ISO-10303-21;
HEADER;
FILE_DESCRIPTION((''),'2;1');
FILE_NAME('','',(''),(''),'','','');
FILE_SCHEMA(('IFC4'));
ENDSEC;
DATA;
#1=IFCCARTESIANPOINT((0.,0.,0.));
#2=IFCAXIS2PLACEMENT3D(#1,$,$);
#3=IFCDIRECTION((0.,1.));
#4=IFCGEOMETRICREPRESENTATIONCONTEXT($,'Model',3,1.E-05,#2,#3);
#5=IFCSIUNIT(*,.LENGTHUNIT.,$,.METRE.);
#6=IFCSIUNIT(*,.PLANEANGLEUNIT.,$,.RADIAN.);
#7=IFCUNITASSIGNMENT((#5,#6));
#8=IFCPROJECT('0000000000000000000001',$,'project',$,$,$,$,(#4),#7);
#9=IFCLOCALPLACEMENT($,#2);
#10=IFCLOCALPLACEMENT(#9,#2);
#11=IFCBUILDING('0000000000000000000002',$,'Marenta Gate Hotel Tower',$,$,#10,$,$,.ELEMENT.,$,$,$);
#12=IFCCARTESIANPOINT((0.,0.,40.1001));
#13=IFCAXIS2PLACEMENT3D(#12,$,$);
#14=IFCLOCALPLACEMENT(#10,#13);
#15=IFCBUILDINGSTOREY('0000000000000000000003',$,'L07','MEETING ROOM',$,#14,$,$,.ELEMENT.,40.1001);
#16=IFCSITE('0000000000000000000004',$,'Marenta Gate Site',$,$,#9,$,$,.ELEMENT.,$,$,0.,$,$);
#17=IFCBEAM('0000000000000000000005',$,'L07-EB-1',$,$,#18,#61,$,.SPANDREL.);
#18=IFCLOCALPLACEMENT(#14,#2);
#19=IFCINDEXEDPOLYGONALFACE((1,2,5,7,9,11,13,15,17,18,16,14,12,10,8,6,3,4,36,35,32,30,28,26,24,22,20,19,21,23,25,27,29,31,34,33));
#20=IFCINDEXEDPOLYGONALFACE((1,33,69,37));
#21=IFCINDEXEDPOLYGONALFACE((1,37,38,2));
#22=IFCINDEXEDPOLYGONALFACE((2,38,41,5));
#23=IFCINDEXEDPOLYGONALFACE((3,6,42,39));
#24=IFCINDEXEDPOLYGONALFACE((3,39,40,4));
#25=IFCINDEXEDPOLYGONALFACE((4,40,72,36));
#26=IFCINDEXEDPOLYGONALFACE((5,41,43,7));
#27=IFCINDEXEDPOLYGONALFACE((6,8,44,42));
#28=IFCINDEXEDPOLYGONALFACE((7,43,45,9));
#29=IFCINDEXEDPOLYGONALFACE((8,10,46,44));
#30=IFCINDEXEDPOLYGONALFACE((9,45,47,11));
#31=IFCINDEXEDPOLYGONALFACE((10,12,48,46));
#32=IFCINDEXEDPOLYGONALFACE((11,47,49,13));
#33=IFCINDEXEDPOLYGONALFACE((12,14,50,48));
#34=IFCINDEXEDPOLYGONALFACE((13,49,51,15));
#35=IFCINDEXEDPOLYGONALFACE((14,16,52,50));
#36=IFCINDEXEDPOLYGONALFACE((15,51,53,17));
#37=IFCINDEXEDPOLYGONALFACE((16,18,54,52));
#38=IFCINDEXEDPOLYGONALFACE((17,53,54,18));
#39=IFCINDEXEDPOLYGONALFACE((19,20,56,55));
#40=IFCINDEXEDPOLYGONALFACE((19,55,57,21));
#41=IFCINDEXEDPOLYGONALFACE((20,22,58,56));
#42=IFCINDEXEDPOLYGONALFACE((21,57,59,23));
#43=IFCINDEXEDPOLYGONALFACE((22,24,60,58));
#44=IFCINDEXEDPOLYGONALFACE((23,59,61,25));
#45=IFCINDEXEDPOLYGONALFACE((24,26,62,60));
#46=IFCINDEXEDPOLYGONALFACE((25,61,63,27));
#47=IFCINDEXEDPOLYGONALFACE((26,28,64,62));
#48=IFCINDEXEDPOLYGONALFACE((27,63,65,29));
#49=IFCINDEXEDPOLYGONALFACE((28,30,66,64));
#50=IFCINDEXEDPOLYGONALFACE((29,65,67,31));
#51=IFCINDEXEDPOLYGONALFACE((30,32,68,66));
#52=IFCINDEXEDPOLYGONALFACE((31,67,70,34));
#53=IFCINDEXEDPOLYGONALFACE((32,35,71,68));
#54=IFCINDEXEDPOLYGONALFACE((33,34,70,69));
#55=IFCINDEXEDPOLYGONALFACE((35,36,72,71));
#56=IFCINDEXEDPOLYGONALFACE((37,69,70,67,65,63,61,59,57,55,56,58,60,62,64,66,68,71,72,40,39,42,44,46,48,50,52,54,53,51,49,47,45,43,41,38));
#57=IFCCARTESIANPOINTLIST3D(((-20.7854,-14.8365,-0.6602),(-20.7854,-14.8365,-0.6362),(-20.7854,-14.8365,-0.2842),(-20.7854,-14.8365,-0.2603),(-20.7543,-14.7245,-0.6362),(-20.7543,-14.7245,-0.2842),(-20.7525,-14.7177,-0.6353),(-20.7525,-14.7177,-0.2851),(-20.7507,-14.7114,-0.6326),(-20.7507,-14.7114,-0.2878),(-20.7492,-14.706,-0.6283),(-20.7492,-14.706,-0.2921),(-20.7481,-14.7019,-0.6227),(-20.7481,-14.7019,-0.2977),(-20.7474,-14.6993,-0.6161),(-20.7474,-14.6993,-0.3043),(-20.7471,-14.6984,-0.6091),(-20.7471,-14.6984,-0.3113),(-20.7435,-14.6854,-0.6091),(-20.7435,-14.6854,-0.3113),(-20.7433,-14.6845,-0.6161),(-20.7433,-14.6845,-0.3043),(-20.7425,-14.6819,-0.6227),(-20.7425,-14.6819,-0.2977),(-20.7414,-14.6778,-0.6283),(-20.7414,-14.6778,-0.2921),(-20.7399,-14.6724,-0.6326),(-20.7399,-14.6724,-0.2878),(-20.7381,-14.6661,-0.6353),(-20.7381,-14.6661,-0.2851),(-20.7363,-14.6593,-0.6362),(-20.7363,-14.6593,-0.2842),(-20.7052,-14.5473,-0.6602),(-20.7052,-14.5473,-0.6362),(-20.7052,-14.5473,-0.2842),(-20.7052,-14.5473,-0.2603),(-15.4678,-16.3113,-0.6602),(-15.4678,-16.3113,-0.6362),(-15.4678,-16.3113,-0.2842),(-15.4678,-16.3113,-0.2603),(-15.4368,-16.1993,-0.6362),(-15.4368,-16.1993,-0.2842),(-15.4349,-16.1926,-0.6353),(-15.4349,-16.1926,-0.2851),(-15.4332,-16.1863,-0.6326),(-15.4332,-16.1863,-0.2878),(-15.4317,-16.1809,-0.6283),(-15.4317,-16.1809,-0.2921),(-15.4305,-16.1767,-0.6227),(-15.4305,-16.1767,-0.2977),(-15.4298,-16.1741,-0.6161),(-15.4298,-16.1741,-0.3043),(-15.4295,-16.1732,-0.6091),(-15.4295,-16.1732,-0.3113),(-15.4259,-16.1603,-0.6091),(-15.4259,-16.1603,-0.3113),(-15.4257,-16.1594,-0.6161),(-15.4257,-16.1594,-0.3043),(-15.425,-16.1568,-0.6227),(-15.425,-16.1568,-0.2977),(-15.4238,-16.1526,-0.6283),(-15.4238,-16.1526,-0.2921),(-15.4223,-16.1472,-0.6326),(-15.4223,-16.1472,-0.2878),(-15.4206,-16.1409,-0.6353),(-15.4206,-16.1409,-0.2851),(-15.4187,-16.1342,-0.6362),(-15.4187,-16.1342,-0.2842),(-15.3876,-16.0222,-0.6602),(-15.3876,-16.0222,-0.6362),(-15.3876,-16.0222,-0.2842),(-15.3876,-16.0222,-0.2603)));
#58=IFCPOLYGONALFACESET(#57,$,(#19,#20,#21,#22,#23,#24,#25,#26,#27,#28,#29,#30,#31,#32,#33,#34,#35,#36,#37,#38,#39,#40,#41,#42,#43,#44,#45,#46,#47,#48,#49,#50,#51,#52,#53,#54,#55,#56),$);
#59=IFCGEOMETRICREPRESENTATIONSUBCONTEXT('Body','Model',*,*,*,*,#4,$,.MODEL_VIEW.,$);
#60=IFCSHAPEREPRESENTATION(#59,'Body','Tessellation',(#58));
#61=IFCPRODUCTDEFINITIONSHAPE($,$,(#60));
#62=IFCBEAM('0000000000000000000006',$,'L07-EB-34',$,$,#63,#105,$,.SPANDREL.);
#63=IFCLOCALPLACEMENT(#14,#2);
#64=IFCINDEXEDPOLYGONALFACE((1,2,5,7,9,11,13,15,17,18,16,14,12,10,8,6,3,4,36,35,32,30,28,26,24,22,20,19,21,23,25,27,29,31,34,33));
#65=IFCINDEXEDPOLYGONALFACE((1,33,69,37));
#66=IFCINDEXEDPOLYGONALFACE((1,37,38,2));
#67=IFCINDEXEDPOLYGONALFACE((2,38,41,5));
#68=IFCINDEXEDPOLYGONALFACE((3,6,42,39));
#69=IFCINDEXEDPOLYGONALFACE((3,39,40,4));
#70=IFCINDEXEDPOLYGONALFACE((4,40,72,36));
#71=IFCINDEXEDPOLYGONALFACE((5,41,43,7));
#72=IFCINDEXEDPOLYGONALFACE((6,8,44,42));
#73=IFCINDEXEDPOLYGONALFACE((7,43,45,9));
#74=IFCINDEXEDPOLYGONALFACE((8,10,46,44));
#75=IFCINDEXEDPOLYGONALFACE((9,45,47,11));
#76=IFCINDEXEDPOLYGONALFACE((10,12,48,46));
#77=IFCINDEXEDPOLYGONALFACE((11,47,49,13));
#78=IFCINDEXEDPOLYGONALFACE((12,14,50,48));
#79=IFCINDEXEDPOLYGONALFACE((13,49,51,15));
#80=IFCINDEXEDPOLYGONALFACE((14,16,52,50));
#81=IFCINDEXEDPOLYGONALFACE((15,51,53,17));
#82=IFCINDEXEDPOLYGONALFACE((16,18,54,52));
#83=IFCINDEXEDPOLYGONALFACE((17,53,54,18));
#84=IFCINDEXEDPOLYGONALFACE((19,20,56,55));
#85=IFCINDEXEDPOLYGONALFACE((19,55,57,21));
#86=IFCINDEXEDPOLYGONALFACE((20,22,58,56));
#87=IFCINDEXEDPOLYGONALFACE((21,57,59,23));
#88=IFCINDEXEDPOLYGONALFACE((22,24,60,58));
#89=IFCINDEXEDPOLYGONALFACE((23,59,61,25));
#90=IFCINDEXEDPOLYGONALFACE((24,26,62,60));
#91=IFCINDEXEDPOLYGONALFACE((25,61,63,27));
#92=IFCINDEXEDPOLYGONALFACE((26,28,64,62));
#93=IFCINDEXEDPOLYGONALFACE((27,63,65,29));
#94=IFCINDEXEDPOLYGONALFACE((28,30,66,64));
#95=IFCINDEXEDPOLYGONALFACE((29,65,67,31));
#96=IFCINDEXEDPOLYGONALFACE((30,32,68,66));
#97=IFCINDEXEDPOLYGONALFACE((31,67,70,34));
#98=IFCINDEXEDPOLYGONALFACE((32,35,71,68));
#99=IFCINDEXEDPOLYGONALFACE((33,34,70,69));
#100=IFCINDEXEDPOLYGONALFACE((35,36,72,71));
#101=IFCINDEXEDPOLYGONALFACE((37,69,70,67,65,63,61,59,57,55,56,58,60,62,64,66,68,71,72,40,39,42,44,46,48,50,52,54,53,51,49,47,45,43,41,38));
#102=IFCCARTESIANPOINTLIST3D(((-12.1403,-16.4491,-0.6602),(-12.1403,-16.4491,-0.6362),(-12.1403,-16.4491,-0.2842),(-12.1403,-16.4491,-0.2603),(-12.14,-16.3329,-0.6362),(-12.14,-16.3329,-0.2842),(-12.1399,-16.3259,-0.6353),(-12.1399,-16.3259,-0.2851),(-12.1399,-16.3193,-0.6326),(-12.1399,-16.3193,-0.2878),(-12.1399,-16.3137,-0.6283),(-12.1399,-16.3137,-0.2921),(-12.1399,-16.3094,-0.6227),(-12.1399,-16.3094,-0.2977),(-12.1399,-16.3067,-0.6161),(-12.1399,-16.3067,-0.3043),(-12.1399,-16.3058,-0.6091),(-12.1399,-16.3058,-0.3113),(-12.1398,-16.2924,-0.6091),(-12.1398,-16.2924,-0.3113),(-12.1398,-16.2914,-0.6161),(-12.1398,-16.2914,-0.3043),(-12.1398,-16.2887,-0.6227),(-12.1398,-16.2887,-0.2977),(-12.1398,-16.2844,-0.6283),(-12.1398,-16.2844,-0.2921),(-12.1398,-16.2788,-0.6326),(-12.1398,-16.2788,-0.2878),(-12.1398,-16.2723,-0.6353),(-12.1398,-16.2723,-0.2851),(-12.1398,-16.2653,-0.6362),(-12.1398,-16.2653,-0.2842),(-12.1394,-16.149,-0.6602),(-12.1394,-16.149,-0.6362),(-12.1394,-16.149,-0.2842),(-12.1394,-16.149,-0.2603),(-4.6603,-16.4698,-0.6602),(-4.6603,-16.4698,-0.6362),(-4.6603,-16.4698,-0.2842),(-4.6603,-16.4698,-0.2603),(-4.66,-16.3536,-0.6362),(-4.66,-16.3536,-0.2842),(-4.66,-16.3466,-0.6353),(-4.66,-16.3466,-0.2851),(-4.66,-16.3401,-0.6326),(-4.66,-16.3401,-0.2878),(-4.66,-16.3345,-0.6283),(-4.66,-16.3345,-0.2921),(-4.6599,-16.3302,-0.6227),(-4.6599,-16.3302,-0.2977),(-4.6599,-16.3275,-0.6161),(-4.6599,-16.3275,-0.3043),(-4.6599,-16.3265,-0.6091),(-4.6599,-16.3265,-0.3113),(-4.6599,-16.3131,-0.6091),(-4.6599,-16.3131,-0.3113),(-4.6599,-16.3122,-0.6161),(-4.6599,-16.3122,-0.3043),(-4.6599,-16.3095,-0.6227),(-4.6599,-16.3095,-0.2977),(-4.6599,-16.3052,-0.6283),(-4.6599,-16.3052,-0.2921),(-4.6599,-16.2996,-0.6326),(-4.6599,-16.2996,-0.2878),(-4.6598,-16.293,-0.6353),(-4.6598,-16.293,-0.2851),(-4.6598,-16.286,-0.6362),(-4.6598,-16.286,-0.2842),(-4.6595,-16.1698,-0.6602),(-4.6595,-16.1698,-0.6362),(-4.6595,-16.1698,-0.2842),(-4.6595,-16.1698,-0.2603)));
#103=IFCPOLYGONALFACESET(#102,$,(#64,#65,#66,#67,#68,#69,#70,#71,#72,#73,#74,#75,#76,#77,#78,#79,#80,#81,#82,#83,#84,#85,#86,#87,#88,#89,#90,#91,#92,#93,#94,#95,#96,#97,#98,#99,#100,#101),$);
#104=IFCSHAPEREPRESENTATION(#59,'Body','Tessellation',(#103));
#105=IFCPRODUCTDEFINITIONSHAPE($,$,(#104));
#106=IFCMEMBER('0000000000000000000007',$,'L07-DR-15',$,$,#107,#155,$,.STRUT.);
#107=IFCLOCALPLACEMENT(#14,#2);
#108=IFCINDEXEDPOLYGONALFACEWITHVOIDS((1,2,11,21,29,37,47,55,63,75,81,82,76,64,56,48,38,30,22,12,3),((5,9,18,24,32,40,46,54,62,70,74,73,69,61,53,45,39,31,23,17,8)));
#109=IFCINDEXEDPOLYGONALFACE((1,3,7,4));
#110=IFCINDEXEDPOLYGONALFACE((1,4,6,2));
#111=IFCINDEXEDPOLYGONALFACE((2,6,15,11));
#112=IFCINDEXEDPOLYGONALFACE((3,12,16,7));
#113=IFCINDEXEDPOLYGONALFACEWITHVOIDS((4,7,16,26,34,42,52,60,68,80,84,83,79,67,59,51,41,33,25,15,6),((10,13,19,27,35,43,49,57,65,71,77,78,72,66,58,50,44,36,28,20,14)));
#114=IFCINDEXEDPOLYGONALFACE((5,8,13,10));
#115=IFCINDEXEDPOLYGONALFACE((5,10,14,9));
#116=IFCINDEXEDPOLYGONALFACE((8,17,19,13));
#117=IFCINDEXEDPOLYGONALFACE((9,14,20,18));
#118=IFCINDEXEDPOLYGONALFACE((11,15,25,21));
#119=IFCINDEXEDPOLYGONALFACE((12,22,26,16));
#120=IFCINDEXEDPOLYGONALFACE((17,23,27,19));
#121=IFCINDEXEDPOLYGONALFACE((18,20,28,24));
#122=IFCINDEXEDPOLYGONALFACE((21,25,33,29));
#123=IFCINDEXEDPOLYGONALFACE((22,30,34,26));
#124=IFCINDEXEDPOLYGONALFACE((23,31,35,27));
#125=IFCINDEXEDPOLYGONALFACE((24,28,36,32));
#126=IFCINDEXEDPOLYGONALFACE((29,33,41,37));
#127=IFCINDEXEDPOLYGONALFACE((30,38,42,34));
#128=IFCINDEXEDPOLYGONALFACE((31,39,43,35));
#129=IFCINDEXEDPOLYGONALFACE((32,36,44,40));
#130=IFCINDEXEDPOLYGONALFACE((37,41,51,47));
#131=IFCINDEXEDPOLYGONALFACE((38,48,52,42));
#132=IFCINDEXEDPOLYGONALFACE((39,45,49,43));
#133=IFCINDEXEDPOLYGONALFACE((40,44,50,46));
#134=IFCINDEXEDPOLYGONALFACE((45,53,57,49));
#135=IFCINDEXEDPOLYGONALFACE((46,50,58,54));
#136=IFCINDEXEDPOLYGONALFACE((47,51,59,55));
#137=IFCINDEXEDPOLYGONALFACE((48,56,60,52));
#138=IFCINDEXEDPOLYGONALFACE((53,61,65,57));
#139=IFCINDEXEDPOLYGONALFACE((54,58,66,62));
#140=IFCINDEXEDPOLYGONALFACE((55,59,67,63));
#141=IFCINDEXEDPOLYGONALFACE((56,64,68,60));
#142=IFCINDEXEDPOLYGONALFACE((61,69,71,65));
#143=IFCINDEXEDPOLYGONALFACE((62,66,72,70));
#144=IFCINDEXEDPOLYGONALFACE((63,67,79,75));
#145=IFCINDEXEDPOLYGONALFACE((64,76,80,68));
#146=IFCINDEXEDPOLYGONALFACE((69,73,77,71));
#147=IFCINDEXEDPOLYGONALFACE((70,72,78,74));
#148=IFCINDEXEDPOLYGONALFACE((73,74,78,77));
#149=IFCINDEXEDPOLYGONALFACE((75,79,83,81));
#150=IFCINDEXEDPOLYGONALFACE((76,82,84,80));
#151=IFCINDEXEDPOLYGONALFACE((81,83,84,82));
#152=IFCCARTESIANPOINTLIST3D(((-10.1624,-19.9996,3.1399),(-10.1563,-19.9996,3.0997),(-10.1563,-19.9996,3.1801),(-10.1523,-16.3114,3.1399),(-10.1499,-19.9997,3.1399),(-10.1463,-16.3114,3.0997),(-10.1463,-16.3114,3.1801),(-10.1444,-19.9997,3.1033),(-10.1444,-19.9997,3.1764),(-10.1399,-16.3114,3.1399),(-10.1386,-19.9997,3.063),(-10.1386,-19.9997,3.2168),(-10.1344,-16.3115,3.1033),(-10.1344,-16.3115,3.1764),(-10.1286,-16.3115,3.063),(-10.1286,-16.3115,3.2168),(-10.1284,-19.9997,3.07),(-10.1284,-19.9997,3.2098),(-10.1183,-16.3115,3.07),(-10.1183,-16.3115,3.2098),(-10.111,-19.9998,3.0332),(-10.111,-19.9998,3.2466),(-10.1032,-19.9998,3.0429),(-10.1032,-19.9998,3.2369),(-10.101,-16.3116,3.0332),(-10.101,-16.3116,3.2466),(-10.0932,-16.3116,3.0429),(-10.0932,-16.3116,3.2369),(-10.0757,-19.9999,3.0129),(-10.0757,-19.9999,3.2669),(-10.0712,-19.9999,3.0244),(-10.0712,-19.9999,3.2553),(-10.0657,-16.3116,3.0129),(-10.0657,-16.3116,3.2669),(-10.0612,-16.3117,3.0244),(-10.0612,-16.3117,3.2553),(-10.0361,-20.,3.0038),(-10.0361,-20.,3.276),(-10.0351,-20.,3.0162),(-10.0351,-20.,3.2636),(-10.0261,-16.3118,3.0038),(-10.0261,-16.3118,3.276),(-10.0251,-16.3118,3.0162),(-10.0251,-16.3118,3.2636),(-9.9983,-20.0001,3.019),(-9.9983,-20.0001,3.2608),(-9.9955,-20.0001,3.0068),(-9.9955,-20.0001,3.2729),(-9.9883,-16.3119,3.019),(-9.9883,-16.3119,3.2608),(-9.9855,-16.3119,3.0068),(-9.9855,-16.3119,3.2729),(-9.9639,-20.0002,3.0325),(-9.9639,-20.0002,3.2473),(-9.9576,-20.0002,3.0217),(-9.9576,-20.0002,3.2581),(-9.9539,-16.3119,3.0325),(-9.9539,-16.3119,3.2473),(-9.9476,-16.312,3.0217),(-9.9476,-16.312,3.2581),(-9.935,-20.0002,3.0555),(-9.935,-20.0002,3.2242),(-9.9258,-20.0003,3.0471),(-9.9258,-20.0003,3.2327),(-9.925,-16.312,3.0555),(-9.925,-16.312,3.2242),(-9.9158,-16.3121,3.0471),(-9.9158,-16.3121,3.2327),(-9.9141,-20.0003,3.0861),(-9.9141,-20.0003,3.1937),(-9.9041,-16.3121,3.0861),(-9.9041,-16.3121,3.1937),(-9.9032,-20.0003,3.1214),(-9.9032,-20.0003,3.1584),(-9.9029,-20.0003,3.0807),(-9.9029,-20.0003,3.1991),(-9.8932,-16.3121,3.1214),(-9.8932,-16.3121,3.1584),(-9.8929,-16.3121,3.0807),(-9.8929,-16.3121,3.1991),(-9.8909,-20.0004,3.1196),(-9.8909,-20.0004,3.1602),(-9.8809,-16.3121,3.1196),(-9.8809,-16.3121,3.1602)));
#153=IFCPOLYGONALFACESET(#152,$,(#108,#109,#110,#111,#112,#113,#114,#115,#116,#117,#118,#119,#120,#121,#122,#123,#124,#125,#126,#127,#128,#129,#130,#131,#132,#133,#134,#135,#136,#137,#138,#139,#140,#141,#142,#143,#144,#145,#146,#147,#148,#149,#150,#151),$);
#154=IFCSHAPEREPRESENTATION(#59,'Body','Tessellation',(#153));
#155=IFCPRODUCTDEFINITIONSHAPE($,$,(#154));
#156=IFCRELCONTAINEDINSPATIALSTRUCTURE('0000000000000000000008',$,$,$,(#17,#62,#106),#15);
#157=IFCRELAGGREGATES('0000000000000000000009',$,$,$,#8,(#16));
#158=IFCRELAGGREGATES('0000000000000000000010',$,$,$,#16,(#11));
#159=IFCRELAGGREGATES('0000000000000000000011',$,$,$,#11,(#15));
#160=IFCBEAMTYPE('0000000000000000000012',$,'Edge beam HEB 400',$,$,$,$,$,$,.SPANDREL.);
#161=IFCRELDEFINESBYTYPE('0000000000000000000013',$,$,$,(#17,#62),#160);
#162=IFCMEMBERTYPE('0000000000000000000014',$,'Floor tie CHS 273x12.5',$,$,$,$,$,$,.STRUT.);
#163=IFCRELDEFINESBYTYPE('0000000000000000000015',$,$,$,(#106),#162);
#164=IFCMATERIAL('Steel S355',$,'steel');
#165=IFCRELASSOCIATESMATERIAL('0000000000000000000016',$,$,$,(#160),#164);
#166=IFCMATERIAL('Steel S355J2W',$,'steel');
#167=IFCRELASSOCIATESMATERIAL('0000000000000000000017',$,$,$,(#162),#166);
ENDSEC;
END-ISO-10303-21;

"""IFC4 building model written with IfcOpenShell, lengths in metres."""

from ifc_helpers import new_model, si_unit, direction, frame, origin, origin_2d, place, context, subcontext, project, spatial, hollow_circle, i_section, extrude, material, material_profile, profile_set, type_object, element, save


model = new_model("IFC4")

# Units and contexts
model_context = context("Model", 3, precision=1e-05, world=origin(), true_north=direction((0.0, 1.0)))
body_context = subcontext(model_context, "Body", "Model", "MODEL_VIEW")
ifc_project = project(units=[si_unit("LENGTHUNIT", "METRE"), si_unit("PLANEANGLEUNIT", "RADIAN")], contexts=[model_context])

# Site, building, storey
site_placement = place(None, origin())
site = spatial("IfcSite", under=ifc_project, at=site_placement, Name="Marenta Gate Site", CompositionType="ELEMENT", RefElevation=0.0)
building_placement = place(site_placement, origin())
building = spatial("IfcBuilding", under=site, at=building_placement, Name="Marenta Gate Hotel Tower", CompositionType="ELEMENT")
storey_placement = place(building_placement, frame((0.0, 0.0, 40.1001)))
storey = spatial("IfcBuildingStorey", under=building, at=storey_placement, Name="L07", Description="MEETING ROOM", CompositionType="ELEMENT", Elevation=40.1001)

# Beams
ifc_material_1 = material(Name="Steel S355", Category="steel")
ifc_material_profile_1 = material_profile(ifc_material_1, i_section(OverallWidth=0.3, OverallDepth=0.3999, WebThickness=0.0134, FlangeThickness=0.0239, FilletRadius=0.0271, at=origin_2d()), Name="HEB 400")
ifc_profile_set_1 = profile_set([ifc_material_profile_1], Name="Steel S355")
beam_type = type_object("IfcBeamType", Name="Edge beam HEB 400", PredefinedType="SPANDREL", material=ifc_profile_set_1)
beam_1_placement = place(storey_placement, frame((-15.4277, -16.1667, -0.4602), z_axis=(-0.963624, 0.267263, 0.0), x_axis=(-0.267263, -0.963624, 0.0)))
element("IfcBeam", 1, at=beam_1_placement, inside=storey, type_object=beam_type, Name="L07-EB-1", PredefinedType="SPANDREL", context=body_context, shape_type="SweptSolid", body=[
    extrude(i_section(OverallWidth=0.3, OverallDepth=0.3999, WebThickness=0.0134, FlangeThickness=0.0239, FilletRadius=0.0271, at=origin_2d()), origin(), (0.0, 0.0, 1.0), 5.5183),
])
beam_2_placement = place(storey_placement, frame((-4.6599, -16.3198, -0.4602), z_axis=(-0.999996, 0.002774, 0.0), x_axis=(-0.002774, -0.999996, 0.0)))
element("IfcBeam", 2, at=beam_2_placement, inside=storey, type_object=beam_type, Name="L07-EB-34", PredefinedType="SPANDREL", context=body_context, shape_type="SweptSolid", body=[
    extrude(i_section(OverallWidth=0.3, OverallDepth=0.3999, WebThickness=0.0134, FlangeThickness=0.0239, FilletRadius=0.0271, at=origin_2d()), origin(), (0.0, 0.0, 1.0), 7.48),
])

# Member
ifc_material_2 = material(Name="Steel S355J2W", Category="steel")
ifc_material_profile_2 = material_profile(ifc_material_2, hollow_circle(Radius=0.1365, WallThickness=0.0125, at=origin_2d()), Name="CHS 273x12.5")
ifc_profile_set_2 = profile_set([ifc_material_profile_2], Name="Steel S355J2W")
member_type_1 = type_object("IfcMemberType", Name="Floor tie CHS 273x12.5", PredefinedType="STRUT", material=ifc_profile_set_2)
member_1_placement = place(storey_placement, frame((-10.0259, -20.0, 3.1399), z_axis=(0.002714, 0.999996, 0.0), x_axis=(-0.999996, 0.002714, 0.0)))
element("IfcMember", 3, at=member_1_placement, inside=storey, type_object=member_type_1, Name="L07-DR-15", PredefinedType="STRUT", context=body_context, shape_type="SweptSolid", body=[
    extrude(hollow_circle(Radius=0.1365, WallThickness=0.0125, at=origin_2d()), origin(), (0.0, 0.0, 1.0), 3.6882),
])

save(model, "model.ifc")
